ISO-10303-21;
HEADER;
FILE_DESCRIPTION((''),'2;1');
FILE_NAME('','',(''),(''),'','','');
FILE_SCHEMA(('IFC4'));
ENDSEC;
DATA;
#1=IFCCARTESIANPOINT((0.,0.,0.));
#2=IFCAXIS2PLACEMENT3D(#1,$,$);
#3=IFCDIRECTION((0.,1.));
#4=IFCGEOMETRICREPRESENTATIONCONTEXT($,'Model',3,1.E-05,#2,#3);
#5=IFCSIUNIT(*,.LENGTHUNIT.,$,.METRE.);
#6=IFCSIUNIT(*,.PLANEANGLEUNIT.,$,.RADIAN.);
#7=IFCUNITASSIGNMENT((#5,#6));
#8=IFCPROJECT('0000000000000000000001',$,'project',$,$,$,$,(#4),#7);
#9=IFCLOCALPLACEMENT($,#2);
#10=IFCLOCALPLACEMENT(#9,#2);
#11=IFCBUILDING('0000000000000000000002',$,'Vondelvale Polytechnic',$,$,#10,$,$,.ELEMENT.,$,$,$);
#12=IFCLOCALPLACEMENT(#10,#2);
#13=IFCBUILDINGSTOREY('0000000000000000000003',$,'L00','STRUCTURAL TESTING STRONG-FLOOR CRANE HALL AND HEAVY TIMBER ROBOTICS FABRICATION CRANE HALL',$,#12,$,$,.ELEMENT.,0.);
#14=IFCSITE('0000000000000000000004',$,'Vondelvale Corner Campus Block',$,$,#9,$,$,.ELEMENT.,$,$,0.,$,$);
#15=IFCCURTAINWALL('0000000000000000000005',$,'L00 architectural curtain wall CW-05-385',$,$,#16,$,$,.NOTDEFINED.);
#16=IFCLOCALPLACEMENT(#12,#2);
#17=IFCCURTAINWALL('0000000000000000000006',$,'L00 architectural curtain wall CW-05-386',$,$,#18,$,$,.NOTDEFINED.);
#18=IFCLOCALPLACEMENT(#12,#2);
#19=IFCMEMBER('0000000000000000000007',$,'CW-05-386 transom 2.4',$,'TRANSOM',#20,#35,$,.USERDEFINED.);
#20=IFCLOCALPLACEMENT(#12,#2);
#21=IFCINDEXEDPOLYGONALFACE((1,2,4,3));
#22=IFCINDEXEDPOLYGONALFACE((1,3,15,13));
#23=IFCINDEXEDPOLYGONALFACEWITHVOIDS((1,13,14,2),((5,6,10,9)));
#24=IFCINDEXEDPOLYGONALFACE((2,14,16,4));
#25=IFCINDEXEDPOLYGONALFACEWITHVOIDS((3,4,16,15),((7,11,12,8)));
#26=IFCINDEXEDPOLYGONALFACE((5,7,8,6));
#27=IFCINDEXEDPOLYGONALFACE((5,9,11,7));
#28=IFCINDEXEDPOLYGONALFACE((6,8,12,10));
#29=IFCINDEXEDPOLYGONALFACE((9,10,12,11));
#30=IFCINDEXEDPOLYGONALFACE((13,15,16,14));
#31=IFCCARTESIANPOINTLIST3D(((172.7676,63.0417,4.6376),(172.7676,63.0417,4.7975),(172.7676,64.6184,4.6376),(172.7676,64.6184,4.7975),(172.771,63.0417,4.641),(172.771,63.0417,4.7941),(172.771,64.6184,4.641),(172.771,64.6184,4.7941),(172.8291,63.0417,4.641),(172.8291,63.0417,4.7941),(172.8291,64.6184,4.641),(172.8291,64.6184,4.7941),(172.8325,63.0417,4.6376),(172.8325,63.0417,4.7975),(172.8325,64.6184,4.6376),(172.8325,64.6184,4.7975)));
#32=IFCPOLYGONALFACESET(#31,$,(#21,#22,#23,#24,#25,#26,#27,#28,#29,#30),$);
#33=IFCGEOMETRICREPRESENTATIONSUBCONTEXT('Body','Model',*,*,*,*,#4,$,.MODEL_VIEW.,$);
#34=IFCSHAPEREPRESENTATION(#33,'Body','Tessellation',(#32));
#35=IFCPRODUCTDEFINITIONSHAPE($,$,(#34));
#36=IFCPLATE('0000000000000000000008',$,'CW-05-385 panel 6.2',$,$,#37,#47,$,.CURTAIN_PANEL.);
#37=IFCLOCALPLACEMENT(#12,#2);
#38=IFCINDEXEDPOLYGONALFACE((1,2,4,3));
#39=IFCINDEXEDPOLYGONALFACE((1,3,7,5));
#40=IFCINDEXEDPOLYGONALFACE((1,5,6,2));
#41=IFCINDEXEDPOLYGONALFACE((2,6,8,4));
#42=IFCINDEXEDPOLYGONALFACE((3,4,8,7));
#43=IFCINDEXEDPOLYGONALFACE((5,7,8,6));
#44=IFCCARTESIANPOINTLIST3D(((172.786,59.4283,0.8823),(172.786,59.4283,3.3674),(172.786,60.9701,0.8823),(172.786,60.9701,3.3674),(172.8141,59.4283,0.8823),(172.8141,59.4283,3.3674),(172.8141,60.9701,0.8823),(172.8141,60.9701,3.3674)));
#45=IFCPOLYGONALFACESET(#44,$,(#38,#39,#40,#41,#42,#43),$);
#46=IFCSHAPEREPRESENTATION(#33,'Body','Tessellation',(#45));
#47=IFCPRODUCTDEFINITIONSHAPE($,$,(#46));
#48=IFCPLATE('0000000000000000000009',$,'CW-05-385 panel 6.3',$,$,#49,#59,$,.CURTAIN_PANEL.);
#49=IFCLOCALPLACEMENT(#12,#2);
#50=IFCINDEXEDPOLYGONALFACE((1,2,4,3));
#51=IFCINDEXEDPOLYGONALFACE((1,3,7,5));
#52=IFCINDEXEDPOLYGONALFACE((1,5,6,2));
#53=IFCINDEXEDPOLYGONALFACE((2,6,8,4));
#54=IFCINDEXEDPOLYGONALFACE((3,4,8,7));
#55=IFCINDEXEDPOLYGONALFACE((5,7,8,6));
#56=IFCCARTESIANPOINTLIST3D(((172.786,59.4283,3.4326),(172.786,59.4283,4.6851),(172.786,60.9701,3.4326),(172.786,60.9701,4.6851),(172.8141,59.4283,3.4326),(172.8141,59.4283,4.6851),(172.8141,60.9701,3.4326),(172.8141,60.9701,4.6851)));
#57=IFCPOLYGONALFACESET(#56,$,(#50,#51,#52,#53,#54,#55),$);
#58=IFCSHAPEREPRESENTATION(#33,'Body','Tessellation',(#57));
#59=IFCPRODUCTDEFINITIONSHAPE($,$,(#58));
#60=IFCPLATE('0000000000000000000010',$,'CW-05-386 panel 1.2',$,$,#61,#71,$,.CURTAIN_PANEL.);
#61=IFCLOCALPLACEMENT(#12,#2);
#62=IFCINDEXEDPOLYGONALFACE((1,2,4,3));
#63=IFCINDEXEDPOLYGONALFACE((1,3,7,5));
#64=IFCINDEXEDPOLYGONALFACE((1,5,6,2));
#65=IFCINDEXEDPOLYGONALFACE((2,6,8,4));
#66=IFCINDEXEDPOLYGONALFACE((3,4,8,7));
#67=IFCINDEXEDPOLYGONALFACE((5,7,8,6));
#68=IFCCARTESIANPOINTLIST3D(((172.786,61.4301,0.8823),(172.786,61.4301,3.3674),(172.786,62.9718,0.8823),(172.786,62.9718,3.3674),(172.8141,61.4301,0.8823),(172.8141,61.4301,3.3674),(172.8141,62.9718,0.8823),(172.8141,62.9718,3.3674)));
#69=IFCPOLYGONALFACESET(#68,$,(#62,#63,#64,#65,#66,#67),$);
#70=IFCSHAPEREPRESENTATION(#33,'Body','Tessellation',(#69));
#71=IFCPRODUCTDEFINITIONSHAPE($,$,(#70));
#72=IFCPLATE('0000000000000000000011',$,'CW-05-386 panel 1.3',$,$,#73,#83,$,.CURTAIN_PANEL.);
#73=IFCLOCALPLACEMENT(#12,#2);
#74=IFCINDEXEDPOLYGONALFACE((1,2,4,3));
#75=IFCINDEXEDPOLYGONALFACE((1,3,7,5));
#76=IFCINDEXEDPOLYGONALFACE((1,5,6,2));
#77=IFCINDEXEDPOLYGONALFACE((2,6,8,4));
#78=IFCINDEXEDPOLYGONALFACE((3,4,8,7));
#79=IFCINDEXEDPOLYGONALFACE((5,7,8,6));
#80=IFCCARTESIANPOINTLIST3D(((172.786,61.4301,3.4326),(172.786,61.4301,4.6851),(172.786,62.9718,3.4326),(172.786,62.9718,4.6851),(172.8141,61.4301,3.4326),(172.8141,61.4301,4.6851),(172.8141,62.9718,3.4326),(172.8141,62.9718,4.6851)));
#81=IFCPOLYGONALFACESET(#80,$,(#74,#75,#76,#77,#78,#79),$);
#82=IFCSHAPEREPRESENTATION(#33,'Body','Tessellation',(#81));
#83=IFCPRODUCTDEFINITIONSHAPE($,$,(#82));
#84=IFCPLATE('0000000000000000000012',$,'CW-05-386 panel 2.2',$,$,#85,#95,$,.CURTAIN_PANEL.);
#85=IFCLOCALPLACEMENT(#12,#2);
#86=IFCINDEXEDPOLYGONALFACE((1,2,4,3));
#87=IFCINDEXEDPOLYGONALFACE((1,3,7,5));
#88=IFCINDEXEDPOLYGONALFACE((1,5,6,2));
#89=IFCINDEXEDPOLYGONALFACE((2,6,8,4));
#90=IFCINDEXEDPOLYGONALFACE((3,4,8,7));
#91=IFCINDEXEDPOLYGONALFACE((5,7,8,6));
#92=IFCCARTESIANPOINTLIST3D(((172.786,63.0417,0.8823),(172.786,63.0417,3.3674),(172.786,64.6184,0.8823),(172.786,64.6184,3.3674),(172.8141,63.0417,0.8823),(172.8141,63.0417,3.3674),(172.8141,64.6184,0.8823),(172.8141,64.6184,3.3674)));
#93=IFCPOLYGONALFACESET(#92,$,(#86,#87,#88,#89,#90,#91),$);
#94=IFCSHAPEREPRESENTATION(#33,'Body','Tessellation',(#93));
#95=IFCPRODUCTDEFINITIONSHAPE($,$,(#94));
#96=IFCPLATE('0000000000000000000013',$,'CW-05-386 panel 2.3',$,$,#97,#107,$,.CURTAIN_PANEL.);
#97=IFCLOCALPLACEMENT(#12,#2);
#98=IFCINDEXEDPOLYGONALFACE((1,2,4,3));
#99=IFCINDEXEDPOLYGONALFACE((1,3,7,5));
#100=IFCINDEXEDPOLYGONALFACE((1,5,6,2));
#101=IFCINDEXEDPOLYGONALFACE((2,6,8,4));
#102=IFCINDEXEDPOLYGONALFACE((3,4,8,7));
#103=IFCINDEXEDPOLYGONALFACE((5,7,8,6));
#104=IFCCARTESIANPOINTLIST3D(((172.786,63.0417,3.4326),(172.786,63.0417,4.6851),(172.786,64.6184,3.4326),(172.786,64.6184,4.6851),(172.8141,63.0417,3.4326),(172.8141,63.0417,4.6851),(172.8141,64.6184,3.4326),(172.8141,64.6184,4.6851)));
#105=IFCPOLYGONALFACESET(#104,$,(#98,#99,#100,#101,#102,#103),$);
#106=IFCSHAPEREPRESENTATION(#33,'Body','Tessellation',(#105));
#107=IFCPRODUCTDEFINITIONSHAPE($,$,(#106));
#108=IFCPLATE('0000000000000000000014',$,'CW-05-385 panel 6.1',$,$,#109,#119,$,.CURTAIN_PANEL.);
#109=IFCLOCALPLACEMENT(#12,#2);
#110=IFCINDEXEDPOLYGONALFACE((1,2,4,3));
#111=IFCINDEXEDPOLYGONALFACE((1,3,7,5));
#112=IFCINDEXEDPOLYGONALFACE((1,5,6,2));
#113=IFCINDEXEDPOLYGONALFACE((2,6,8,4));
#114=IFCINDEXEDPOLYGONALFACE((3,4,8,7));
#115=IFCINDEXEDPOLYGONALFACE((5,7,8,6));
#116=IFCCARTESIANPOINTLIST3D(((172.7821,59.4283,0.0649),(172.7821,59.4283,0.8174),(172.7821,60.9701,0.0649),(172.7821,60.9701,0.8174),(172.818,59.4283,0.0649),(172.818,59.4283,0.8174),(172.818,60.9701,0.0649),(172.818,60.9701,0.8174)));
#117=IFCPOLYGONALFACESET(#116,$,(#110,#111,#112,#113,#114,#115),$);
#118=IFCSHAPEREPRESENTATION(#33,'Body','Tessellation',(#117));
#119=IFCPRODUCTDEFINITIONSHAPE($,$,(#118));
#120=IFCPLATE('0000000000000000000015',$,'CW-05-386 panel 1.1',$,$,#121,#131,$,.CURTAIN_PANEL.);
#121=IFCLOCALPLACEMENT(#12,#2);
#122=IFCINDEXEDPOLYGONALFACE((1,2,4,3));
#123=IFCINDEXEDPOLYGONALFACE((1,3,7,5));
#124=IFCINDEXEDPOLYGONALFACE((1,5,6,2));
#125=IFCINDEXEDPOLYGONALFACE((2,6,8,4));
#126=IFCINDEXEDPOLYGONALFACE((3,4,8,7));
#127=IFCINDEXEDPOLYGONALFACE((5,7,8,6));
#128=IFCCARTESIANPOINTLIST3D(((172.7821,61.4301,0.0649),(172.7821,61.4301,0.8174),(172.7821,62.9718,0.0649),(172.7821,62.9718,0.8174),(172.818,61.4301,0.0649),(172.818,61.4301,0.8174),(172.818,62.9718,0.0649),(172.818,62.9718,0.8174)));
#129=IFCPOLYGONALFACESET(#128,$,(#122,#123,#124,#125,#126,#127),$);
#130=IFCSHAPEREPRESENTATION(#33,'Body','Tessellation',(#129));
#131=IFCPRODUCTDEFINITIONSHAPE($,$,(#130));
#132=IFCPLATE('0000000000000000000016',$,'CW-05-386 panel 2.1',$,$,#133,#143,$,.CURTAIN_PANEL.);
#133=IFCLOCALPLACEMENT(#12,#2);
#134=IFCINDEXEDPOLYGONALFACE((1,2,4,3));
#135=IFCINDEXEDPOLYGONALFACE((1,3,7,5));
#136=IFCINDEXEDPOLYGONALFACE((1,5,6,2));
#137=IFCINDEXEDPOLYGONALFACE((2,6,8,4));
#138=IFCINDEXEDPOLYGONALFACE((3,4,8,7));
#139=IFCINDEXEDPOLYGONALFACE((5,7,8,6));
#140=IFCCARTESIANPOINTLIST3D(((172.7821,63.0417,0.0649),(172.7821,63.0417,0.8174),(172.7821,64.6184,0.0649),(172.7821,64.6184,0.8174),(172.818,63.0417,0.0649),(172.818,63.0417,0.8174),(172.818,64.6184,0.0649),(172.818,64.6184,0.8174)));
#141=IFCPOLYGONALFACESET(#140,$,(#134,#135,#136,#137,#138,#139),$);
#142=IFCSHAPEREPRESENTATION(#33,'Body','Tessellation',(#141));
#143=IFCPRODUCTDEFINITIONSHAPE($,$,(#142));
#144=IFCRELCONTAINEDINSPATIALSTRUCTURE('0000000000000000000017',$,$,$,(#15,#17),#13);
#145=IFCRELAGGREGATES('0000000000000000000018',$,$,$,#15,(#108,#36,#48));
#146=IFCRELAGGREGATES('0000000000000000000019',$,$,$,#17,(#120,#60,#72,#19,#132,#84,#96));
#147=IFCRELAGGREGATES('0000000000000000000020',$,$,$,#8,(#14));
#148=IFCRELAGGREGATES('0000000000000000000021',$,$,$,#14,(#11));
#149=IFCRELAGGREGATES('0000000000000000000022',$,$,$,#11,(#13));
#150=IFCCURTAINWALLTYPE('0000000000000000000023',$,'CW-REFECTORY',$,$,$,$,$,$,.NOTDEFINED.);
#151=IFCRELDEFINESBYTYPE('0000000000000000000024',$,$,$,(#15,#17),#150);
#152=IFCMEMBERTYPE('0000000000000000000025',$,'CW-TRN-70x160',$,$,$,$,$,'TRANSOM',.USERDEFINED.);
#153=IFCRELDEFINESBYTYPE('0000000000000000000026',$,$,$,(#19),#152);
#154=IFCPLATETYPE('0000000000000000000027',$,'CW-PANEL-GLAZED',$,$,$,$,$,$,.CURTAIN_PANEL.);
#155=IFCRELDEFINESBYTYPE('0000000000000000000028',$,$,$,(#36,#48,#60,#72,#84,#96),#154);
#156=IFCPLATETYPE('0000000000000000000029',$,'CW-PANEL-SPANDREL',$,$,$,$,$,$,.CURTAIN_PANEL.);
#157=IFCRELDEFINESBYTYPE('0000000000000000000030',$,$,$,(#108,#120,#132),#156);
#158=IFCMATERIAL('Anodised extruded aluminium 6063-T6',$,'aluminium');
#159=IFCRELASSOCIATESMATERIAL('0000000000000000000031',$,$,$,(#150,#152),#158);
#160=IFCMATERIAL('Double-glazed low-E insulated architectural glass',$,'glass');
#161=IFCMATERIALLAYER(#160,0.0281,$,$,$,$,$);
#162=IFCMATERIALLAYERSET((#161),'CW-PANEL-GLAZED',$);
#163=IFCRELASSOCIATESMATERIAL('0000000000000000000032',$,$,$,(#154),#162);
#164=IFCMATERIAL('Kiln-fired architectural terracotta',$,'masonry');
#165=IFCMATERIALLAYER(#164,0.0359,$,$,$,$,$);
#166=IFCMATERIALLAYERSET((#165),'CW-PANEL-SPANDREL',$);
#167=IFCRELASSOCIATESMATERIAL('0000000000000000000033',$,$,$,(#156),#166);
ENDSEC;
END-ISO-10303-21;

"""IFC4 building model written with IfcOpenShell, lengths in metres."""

from ifc_helpers import new_model, si_unit, direction, frame, origin, origin_2d, place, context, subcontext, project, spatial, rectangle, hollow_rectangle, extrude, material, layer, layer_set, material_profile, profile_set, type_object, element, aggregate, save


model = new_model("IFC4")

# Units and contexts
model_context = context("Model", 3, precision=1e-05, world=origin(), true_north=direction((0.0, 1.0)))
body_context = subcontext(model_context, "Body", "Model", "MODEL_VIEW")
ifc_project = project(units=[si_unit("LENGTHUNIT", "METRE"), si_unit("PLANEANGLEUNIT", "RADIAN")], contexts=[model_context])

# Site, building, storey
site_placement = place(None, origin())
site = spatial("IfcSite", under=ifc_project, at=site_placement, Name="Vondelvale Corner Campus Block", CompositionType="ELEMENT", RefElevation=0.0)
building_placement = place(site_placement, origin())
building = spatial("IfcBuilding", under=site, at=building_placement, Name="Vondelvale Polytechnic", CompositionType="ELEMENT")
storey_placement = place(building_placement, origin())
storey = spatial("IfcBuildingStorey", under=building, at=storey_placement, Name="L00", Description="STRUCTURAL TESTING STRONG-FLOOR CRANE HALL AND HEAVY TIMBER ROBOTICS FABRICATION CRANE HALL", CompositionType="ELEMENT", Elevation=0.0)

# Curtain walls
ifc_material_1 = material(Name="Anodised extruded aluminium 6063-T6", Category="aluminium")
curtain_wall_type = type_object("IfcCurtainWallType", Name="CW-REFECTORY", PredefinedType="NOTDEFINED", material=ifc_material_1)
curtain_wall_1_placement = place(storey_placement, origin())
curtain_wall_1 = element("IfcCurtainWall", 1, at=curtain_wall_1_placement, inside=storey, type_object=curtain_wall_type, Name="L00 architectural curtain wall CW-05-385", PredefinedType="NOTDEFINED")
curtain_wall_2_placement = place(storey_placement, origin())
curtain_wall_2 = element("IfcCurtainWall", 2, at=curtain_wall_2_placement, inside=storey, type_object=curtain_wall_type, Name="L00 architectural curtain wall CW-05-386", PredefinedType="NOTDEFINED")

# Member
ifc_material_profile_1 = material_profile(ifc_material_1, hollow_rectangle(XDim=0.0649, YDim=0.1599, WallThickness=0.0034, at=origin_2d()), Name="CW-TRN-160x65")
ifc_profile_set_1 = profile_set([ifc_material_profile_1], Name="Anodised extruded aluminium 6063-T6")
member_type_1 = type_object("IfcMemberType", Name="CW-TRN-70x160", ElementType="TRANSOM", PredefinedType="USERDEFINED", material=ifc_profile_set_1)
member_1_placement = place(storey_placement, frame((172.8, 63.0417, 4.7175), z_axis=(0.0, 1.0, 0.0), x_axis=(-1.0, 0.0, 0.0)))
member_1 = element("IfcMember", 3, at=member_1_placement, type_object=member_type_1, Name="CW-05-386 transom 2.4", ObjectType="TRANSOM", PredefinedType="USERDEFINED", context=body_context, shape_type="SweptSolid", body=[
    extrude(hollow_rectangle(XDim=0.0649, YDim=0.1599, WallThickness=0.0034, at=origin_2d()), origin(), (0.0, 0.0, 1.0), 1.5767),
])

# Plates
ifc_material_2 = material(Name="Double-glazed low-E insulated architectural glass", Category="glass")
ifc_layer_1 = layer(ifc_material_2, 0.0281)
ifc_layer_set_1 = layer_set([ifc_layer_1], Name="CW-PANEL-GLAZED")
plate_type_1 = type_object("IfcPlateType", Name="CW-PANEL-GLAZED", PredefinedType="CURTAIN_PANEL", material=ifc_layer_set_1)
plate_1_placement = place(storey_placement, frame((172.8, 60.1992, 0.8823), z_axis=(0.0, 0.0, 1.0), x_axis=(0.0, 1.0, 0.0)))
plate_1 = element("IfcPlate", 4, at=plate_1_placement, type_object=plate_type_1, Name="CW-05-385 panel 6.2", PredefinedType="CURTAIN_PANEL", context=body_context, shape_type="SweptSolid", body=[
    extrude(rectangle(XDim=1.5417, YDim=0.0281, at=origin_2d()), origin(), (0.0, 0.0, 1.0), 2.4851),
])
plate_2_placement = place(storey_placement, frame((172.8, 60.1992, 3.4326), z_axis=(0.0, 0.0, 1.0), x_axis=(0.0, 1.0, 0.0)))
plate_2 = element("IfcPlate", 5, at=plate_2_placement, type_object=plate_type_1, Name="CW-05-385 panel 6.3", PredefinedType="CURTAIN_PANEL", context=body_context, shape_type="SweptSolid", body=[
    extrude(rectangle(XDim=1.5417, YDim=0.0281, at=origin_2d()), origin(), (0.0, 0.0, 1.0), 1.2524),
])
plate_3_placement = place(storey_placement, frame((172.8, 62.2009, 0.8823), z_axis=(0.0, 0.0, 1.0), x_axis=(0.0, 1.0, 0.0)))
plate_3 = element("IfcPlate", 6, at=plate_3_placement, type_object=plate_type_1, Name="CW-05-386 panel 1.2", PredefinedType="CURTAIN_PANEL", context=body_context, shape_type="SweptSolid", body=[
    extrude(rectangle(XDim=1.5417, YDim=0.0281, at=origin_2d()), origin(), (0.0, 0.0, 1.0), 2.4851),
])
plate_4_placement = place(storey_placement, frame((172.8, 62.2009, 3.4326), z_axis=(0.0, 0.0, 1.0), x_axis=(0.0, 1.0, 0.0)))
plate_4 = element("IfcPlate", 7, at=plate_4_placement, type_object=plate_type_1, Name="CW-05-386 panel 1.3", PredefinedType="CURTAIN_PANEL", context=body_context, shape_type="SweptSolid", body=[
    extrude(rectangle(XDim=1.5417, YDim=0.0281, at=origin_2d()), origin(), (0.0, 0.0, 1.0), 1.2524),
])
plate_5_placement = place(storey_placement, frame((172.8, 63.8301, 0.8823), z_axis=(0.0, 0.0, 1.0), x_axis=(0.0, 1.0, 0.0)))
plate_5 = element("IfcPlate", 8, at=plate_5_placement, type_object=plate_type_1, Name="CW-05-386 panel 2.2", PredefinedType="CURTAIN_PANEL", context=body_context, shape_type="SweptSolid", body=[
    extrude(rectangle(XDim=1.5767, YDim=0.0281, at=origin_2d()), origin(), (0.0, 0.0, 1.0), 2.4851),
])
plate_6_placement = place(storey_placement, frame((172.8, 63.8301, 3.4326), z_axis=(0.0, 0.0, 1.0), x_axis=(0.0, 1.0, 0.0)))
plate_6 = element("IfcPlate", 9, at=plate_6_placement, type_object=plate_type_1, Name="CW-05-386 panel 2.3", PredefinedType="CURTAIN_PANEL", context=body_context, shape_type="SweptSolid", body=[
    extrude(rectangle(XDim=1.5767, YDim=0.0281, at=origin_2d()), origin(), (0.0, 0.0, 1.0), 1.2524),
])
ifc_material_3 = material(Name="Kiln-fired architectural terracotta", Category="masonry")
ifc_layer_2 = layer(ifc_material_3, 0.0359)
ifc_layer_set_2 = layer_set([ifc_layer_2], Name="CW-PANEL-SPANDREL")
plate_type_2 = type_object("IfcPlateType", Name="CW-PANEL-SPANDREL", PredefinedType="CURTAIN_PANEL", material=ifc_layer_set_2)
plate_7_placement = place(storey_placement, frame((172.8, 60.1992, 0.0649), z_axis=(0.0, 0.0, 1.0), x_axis=(0.0, 1.0, 0.0)))
plate_7 = element("IfcPlate", 10, at=plate_7_placement, type_object=plate_type_2, Name="CW-05-385 panel 6.1", PredefinedType="CURTAIN_PANEL", context=body_context, shape_type="SweptSolid", body=[
    extrude(rectangle(XDim=1.5417, YDim=0.0359, at=origin_2d()), origin(), (0.0, 0.0, 1.0), 0.7524),
])
aggregate(curtain_wall_1, [plate_7, plate_1, plate_2])
plate_8_placement = place(storey_placement, frame((172.8, 62.2009, 0.0649), z_axis=(0.0, 0.0, 1.0), x_axis=(0.0, 1.0, 0.0)))
plate_8 = element("IfcPlate", 11, at=plate_8_placement, type_object=plate_type_2, Name="CW-05-386 panel 1.1", PredefinedType="CURTAIN_PANEL", context=body_context, shape_type="SweptSolid", body=[
    extrude(rectangle(XDim=1.5417, YDim=0.0359, at=origin_2d()), origin(), (0.0, 0.0, 1.0), 0.7524),
])
plate_9_placement = place(storey_placement, frame((172.8, 63.8301, 0.0649), z_axis=(0.0, 0.0, 1.0), x_axis=(0.0, 1.0, 0.0)))
plate_9 = element("IfcPlate", 12, at=plate_9_placement, type_object=plate_type_2, Name="CW-05-386 panel 2.1", PredefinedType="CURTAIN_PANEL", context=body_context, shape_type="SweptSolid", body=[
    extrude(rectangle(XDim=1.5767, YDim=0.0359, at=origin_2d()), origin(), (0.0, 0.0, 1.0), 0.7524),
])
aggregate(curtain_wall_2, [plate_8, plate_3, plate_4, member_1, plate_9, plate_5, plate_6])

save(model, "model.ifc")
